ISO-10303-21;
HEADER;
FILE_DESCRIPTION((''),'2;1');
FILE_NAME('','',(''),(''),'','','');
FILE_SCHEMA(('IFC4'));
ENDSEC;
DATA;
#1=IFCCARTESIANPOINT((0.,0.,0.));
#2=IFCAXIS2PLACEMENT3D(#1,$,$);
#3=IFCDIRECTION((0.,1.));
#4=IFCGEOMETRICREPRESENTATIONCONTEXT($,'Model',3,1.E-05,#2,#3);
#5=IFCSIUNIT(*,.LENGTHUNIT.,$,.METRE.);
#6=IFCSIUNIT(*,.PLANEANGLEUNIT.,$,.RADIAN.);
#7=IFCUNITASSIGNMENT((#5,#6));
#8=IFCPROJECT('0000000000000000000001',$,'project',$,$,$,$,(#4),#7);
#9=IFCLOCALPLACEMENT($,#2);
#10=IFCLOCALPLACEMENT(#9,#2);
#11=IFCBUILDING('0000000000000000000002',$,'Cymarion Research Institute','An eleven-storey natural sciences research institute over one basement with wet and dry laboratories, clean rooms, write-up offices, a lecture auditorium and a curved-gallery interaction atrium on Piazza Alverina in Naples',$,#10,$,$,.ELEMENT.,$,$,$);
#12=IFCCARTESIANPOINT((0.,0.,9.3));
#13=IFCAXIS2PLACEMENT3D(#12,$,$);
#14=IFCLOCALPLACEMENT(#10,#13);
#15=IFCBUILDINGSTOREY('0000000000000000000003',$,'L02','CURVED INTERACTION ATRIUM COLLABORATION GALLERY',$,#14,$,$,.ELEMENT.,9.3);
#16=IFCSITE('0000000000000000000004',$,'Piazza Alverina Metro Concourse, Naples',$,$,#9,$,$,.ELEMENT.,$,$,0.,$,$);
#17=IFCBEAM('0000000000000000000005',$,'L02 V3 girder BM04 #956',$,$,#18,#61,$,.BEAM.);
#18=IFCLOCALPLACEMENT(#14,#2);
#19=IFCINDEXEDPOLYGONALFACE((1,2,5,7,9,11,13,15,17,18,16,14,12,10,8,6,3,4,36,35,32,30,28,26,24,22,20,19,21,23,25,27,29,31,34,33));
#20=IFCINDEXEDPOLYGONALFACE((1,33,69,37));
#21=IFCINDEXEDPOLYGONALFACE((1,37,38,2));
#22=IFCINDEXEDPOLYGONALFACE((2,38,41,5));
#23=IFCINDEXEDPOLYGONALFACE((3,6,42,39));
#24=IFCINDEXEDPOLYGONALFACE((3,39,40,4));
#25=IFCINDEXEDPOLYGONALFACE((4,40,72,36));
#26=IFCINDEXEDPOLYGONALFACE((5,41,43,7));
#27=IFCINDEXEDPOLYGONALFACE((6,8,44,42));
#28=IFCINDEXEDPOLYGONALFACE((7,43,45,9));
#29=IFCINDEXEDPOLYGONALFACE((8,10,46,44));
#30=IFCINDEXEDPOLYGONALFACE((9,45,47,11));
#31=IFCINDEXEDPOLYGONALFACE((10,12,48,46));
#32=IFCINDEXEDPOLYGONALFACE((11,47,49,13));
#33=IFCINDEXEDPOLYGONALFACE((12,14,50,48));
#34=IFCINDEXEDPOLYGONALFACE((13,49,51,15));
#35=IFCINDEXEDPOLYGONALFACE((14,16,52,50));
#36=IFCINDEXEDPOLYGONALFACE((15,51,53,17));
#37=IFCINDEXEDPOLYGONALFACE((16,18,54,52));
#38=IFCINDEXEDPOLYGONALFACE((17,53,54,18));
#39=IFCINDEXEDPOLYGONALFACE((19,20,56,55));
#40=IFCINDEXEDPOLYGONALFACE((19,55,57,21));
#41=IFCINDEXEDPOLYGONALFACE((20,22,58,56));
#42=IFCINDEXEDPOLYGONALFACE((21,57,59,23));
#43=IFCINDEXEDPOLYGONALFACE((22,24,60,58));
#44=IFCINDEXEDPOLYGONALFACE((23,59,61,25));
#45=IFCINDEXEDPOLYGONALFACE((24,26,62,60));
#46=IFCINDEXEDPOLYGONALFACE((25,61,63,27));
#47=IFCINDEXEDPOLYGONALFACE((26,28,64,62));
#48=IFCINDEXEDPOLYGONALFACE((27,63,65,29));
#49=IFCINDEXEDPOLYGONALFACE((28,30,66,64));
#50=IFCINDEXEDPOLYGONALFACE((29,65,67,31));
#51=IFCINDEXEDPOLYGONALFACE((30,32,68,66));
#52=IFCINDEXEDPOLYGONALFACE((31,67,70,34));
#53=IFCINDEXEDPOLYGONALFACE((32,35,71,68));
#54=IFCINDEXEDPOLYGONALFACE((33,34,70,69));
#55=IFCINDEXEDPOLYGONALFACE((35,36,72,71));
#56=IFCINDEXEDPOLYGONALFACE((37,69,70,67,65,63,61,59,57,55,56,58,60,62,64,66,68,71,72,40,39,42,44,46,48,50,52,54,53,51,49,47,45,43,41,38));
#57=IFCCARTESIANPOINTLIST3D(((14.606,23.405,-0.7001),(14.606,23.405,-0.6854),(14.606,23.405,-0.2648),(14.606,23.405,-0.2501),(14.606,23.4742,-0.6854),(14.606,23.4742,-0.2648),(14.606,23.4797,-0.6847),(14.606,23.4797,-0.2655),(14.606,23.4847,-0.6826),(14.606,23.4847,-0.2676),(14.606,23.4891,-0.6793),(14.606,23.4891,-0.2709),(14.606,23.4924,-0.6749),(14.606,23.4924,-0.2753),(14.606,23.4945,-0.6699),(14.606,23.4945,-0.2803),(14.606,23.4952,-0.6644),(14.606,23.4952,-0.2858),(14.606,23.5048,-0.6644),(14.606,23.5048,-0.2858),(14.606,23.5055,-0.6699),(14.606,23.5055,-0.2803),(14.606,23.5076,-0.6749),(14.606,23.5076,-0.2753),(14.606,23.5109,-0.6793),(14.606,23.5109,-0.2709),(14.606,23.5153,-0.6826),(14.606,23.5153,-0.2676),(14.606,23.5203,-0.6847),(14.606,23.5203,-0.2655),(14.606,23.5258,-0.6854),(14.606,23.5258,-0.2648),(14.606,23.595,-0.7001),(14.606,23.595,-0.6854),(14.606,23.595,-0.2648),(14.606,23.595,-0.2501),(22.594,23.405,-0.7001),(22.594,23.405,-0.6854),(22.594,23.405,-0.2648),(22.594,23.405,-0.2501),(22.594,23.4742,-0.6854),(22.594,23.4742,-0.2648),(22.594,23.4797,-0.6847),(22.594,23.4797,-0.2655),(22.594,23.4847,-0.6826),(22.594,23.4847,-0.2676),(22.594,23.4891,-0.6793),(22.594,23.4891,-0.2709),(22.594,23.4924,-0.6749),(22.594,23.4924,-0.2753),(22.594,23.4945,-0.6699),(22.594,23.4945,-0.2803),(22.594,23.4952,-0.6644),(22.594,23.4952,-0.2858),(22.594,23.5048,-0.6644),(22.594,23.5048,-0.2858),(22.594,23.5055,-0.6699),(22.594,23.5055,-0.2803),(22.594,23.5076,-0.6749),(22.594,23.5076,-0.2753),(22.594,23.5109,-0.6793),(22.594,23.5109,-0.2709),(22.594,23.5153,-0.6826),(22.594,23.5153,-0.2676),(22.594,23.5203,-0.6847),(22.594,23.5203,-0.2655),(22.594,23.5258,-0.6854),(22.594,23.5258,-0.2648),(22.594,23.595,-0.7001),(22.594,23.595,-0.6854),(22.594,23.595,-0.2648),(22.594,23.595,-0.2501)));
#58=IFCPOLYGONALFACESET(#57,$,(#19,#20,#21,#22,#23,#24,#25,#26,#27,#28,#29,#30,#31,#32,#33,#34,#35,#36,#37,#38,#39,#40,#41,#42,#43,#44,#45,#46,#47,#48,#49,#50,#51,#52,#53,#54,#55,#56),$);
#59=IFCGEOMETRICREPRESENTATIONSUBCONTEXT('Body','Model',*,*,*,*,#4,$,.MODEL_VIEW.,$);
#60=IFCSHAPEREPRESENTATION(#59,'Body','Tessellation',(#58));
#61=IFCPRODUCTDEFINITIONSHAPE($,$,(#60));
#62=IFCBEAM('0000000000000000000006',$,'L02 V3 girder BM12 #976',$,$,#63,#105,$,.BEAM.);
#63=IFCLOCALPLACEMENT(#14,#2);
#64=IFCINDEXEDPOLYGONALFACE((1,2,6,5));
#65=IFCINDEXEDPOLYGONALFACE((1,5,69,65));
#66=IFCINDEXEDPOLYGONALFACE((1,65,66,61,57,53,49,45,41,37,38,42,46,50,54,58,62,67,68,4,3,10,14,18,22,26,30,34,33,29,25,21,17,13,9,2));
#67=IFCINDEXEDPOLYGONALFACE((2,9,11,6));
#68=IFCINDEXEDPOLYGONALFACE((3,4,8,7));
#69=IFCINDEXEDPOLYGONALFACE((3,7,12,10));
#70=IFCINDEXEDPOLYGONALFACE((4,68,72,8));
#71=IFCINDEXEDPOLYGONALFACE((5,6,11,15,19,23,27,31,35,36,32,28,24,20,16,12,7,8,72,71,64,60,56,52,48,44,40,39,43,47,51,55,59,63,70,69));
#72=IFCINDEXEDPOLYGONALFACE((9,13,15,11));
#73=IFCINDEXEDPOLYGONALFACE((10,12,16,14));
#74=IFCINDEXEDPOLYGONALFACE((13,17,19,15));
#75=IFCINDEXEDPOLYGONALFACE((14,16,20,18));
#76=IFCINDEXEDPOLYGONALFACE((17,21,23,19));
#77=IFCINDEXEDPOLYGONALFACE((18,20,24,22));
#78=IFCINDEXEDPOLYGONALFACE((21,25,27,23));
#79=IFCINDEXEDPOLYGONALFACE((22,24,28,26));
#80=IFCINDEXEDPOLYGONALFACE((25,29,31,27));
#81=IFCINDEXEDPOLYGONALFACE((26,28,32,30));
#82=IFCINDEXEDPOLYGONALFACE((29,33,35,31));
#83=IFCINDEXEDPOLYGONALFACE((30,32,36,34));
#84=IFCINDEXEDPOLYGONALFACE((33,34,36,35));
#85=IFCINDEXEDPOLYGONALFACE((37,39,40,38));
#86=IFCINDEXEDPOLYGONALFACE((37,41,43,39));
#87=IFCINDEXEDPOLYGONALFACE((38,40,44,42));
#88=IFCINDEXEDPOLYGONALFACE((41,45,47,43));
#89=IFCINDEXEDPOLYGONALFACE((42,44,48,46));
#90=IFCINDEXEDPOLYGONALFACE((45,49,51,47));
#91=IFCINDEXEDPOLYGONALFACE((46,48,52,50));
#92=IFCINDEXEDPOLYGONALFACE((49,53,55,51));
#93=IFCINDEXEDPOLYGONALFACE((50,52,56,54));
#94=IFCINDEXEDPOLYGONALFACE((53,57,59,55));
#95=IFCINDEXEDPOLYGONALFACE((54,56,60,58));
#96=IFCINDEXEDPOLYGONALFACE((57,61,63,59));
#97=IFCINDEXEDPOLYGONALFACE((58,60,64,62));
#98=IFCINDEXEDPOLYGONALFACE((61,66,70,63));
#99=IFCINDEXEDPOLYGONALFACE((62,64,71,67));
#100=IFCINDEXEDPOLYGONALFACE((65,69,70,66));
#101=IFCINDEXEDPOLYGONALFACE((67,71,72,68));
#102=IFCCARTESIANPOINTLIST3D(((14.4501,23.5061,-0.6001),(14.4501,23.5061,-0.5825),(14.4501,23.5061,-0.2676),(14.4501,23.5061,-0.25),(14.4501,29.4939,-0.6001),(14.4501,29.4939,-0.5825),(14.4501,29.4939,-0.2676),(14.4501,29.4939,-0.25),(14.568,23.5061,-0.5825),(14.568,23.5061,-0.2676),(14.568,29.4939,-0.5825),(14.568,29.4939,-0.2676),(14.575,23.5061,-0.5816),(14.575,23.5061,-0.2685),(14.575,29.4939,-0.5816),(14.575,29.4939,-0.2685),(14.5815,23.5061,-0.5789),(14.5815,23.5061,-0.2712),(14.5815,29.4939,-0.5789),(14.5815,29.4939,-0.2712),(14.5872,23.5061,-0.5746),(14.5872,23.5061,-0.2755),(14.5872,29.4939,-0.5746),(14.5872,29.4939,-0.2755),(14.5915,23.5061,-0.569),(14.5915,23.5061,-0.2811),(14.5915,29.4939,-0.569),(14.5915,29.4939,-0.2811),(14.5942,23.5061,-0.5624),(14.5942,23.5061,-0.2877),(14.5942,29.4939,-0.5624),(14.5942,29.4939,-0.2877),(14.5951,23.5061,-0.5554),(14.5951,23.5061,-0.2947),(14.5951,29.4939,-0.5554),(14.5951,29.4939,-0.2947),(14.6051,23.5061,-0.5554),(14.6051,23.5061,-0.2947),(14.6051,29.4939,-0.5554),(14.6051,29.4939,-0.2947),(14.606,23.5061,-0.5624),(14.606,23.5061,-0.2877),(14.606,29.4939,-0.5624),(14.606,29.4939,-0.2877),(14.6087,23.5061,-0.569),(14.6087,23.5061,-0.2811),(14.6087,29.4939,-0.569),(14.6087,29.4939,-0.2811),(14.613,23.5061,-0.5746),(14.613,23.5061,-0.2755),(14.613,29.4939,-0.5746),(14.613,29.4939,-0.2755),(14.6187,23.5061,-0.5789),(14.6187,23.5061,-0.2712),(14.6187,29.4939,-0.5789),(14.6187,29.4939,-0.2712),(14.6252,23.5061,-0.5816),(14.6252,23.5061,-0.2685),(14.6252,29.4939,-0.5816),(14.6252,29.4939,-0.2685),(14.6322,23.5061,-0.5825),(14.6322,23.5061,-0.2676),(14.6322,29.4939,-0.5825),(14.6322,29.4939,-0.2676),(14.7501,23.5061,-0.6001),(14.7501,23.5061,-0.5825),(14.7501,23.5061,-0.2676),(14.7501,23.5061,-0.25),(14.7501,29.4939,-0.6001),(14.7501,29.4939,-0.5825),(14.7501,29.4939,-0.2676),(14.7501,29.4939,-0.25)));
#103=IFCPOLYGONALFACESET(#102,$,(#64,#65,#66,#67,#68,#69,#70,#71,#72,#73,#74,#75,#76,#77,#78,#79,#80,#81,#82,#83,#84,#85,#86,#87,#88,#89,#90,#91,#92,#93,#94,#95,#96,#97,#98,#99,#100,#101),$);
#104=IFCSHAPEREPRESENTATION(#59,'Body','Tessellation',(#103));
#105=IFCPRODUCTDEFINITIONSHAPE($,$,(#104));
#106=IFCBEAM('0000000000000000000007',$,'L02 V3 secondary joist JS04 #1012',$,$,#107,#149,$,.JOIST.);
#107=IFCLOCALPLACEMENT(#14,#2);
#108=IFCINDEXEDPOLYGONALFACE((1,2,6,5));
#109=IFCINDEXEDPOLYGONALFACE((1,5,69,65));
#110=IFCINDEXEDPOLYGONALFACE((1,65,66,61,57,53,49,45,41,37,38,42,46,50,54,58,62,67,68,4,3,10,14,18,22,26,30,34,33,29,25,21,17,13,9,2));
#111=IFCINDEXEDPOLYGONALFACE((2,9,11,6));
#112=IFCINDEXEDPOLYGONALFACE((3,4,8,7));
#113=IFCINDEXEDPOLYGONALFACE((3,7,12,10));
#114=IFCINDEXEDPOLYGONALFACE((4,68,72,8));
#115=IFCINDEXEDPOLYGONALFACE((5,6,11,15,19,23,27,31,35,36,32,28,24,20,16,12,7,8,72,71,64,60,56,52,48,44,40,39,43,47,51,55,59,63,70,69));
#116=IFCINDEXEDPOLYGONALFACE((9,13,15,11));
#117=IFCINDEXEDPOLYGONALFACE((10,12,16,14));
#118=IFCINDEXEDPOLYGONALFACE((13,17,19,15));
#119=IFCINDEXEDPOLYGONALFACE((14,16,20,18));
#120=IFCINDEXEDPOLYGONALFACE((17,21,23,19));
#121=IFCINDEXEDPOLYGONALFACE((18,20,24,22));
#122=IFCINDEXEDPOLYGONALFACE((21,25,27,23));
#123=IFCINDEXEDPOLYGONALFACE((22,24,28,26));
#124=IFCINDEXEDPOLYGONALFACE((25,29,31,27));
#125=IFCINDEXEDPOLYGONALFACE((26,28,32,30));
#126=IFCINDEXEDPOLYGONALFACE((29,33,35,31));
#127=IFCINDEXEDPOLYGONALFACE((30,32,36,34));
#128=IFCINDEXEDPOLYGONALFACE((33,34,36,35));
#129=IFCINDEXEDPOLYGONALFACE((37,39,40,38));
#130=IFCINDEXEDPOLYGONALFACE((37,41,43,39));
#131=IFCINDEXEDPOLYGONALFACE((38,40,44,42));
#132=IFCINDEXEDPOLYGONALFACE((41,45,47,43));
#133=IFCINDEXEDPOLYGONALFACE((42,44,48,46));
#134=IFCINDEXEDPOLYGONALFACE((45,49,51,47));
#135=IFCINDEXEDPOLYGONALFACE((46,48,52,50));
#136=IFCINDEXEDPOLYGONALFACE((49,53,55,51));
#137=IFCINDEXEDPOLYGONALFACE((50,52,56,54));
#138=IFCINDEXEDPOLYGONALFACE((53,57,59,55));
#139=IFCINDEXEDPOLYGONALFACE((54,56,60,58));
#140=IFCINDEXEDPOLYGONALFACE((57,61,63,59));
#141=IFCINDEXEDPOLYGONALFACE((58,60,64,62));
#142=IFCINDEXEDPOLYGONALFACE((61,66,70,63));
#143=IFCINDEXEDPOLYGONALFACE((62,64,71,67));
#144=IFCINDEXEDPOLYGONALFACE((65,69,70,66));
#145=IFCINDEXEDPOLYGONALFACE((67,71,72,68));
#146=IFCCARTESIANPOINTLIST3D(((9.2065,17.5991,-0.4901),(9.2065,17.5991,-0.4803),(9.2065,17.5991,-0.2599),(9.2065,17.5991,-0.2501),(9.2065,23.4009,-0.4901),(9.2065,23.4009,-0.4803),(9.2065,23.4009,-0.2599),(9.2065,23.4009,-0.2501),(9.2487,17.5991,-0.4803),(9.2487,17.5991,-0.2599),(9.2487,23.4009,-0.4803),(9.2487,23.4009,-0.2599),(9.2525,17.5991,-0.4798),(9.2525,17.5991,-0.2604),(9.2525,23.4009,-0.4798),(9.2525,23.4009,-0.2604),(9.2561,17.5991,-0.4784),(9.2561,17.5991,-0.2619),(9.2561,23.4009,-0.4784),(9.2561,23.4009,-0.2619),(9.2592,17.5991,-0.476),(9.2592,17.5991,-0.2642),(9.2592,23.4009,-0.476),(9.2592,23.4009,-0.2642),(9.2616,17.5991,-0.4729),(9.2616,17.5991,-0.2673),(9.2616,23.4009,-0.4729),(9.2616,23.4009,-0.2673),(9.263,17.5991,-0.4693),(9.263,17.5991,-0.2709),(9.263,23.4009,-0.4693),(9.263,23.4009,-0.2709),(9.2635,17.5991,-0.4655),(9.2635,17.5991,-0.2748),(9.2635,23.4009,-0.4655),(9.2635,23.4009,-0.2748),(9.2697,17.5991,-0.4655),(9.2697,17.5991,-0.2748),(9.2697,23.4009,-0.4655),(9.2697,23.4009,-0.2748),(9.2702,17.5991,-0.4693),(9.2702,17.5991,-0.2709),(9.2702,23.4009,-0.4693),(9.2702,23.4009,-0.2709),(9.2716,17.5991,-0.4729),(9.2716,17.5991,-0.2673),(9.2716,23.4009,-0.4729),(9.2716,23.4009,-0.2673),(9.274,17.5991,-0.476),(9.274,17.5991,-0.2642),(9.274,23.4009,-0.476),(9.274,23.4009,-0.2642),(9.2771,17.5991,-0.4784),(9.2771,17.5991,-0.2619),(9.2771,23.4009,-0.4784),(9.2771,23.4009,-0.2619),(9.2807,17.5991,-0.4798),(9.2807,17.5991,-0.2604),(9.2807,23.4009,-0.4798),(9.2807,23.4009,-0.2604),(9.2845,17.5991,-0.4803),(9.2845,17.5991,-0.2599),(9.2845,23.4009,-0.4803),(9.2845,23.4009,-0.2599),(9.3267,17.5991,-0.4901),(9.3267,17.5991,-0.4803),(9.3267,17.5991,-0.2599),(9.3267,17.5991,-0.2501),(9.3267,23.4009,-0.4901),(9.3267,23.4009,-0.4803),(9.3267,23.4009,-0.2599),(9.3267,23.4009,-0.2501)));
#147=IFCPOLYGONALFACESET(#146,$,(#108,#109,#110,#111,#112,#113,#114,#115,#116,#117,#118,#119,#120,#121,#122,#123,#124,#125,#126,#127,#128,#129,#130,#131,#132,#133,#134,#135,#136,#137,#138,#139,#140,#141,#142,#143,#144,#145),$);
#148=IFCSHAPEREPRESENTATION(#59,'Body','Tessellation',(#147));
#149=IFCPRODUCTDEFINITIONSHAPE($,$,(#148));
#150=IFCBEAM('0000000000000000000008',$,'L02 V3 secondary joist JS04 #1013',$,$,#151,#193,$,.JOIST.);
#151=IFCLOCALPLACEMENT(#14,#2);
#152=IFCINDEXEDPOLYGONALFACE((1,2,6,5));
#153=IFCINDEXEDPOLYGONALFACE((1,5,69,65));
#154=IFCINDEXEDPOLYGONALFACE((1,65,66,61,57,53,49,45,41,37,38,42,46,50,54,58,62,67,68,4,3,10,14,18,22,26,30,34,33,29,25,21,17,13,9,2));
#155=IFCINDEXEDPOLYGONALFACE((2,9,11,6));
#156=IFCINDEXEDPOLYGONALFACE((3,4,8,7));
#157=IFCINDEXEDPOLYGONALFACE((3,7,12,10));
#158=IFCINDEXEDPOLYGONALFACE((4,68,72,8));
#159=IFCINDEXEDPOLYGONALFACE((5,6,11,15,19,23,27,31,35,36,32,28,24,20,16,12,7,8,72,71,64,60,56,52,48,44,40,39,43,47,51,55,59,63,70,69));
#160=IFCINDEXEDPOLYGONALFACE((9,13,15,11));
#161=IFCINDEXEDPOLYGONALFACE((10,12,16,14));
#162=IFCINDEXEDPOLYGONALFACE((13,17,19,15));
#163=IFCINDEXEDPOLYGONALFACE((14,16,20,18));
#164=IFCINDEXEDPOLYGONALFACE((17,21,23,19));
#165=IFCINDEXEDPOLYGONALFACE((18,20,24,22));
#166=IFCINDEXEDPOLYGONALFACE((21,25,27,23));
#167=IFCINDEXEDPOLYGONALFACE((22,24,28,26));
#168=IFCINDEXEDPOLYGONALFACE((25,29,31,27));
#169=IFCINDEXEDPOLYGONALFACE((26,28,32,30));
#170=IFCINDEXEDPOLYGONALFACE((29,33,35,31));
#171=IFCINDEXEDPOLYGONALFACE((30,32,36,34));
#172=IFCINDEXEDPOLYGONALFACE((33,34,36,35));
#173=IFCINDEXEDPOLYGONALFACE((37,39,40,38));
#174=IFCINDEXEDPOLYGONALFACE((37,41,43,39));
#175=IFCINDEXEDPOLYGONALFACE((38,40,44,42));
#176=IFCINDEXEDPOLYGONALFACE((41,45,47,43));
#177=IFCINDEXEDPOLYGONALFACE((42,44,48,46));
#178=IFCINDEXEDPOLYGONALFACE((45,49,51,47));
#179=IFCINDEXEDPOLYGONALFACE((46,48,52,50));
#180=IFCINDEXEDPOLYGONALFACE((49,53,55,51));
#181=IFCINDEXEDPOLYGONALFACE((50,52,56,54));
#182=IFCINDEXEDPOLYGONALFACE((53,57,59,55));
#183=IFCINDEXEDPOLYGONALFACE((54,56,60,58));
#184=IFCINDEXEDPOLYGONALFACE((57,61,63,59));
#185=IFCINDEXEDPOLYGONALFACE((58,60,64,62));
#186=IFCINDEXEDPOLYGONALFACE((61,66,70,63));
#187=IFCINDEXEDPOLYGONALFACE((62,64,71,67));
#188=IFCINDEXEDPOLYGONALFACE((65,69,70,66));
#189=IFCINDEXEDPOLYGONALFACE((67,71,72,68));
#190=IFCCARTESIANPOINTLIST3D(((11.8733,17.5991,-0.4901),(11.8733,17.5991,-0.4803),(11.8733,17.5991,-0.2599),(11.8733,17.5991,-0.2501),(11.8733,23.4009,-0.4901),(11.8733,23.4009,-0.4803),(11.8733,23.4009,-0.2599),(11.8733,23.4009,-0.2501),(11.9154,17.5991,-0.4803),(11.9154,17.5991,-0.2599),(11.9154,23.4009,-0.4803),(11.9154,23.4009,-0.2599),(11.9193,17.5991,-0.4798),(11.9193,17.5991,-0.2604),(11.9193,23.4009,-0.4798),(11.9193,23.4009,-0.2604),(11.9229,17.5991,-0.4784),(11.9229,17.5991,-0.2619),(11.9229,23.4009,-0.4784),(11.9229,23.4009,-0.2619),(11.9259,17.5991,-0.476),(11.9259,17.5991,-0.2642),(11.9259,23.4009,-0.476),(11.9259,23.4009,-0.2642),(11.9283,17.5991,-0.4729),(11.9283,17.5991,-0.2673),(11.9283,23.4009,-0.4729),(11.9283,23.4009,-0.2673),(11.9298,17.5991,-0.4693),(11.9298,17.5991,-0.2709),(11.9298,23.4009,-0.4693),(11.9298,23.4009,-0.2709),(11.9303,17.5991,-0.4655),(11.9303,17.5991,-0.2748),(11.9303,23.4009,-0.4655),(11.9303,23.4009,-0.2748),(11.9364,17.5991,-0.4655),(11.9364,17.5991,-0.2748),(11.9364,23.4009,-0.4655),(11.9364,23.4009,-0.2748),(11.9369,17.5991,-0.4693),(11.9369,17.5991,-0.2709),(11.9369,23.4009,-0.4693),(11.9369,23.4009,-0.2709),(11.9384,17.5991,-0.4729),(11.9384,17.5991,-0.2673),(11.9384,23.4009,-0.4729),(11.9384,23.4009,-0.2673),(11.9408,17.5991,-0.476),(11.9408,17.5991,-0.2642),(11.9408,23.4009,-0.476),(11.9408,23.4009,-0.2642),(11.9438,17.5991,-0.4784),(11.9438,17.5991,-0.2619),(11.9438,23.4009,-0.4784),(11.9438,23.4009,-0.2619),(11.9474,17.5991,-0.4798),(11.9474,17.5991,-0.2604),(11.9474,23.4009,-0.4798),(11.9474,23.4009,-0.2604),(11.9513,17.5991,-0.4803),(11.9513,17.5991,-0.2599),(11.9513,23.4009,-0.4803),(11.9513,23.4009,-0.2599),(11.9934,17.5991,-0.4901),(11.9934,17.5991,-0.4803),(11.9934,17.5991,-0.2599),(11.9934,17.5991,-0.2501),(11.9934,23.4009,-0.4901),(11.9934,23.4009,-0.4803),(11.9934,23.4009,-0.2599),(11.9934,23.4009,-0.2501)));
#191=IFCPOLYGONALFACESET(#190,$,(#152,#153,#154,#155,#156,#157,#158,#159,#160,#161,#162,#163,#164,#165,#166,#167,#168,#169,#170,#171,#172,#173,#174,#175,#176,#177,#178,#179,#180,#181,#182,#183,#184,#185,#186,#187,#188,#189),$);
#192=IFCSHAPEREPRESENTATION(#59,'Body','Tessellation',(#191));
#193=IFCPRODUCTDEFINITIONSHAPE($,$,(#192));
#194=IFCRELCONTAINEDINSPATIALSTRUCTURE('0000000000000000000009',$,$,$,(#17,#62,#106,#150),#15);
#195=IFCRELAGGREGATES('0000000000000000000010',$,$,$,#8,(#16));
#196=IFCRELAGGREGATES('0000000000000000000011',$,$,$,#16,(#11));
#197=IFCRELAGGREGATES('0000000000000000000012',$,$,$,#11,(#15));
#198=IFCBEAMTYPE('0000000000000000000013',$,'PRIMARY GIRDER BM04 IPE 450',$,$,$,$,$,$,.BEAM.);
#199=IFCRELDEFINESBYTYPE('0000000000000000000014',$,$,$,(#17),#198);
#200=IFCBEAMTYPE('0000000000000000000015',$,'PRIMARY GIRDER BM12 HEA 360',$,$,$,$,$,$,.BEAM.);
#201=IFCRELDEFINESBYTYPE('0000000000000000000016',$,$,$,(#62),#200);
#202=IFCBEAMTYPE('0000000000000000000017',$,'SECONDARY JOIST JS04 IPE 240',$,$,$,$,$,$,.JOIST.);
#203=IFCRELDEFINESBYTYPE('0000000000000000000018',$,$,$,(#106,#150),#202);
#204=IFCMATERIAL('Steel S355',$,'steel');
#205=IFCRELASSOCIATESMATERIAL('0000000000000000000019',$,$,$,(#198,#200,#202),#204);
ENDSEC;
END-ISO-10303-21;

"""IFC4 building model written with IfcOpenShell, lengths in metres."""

from ifc_helpers import new_model, si_unit, direction, frame, origin, origin_2d, place, context, subcontext, project, spatial, i_section, extrude, material, material_profile, profile_set, type_object, element, save


model = new_model("IFC4")

# Units and contexts
model_context = context("Model", 3, precision=1e-05, world=origin(), true_north=direction((0.0, 1.0)))
body_context = subcontext(model_context, "Body", "Model", "MODEL_VIEW")
ifc_project = project(units=[si_unit("LENGTHUNIT", "METRE"), si_unit("PLANEANGLEUNIT", "RADIAN")], contexts=[model_context])

# Site, building, storey
site_placement = place(None, origin())
site = spatial("IfcSite", under=ifc_project, at=site_placement, Name="Piazza Alverina Metro Concourse, Naples", CompositionType="ELEMENT", RefElevation=0.0)
building_placement = place(site_placement, origin())
building = spatial("IfcBuilding", under=site, at=building_placement, Name="Cymarion Research Institute", Description="An eleven-storey natural sciences research institute over one basement with wet and dry laboratories, clean rooms, write-up offices, a lecture auditorium and a curved-gallery interaction atrium on Piazza Alverina in Naples", CompositionType="ELEMENT")
storey_placement = place(building_placement, frame((0.0, 0.0, 9.3)))
storey = spatial("IfcBuildingStorey", under=building, at=storey_placement, Name="L02", Description="CURVED INTERACTION ATRIUM COLLABORATION GALLERY", CompositionType="ELEMENT", Elevation=9.3)

# Shared definitions
ifc_material_1 = material(Name="Steel S355", Category="steel")

# Beams
ifc_material_profile_1 = material_profile(ifc_material_1, i_section(OverallWidth=0.1899, OverallDepth=0.45, WebThickness=0.0095, FlangeThickness=0.0146, FilletRadius=0.021, at=origin_2d()), Name="IPE 450")
ifc_profile_set_1 = profile_set([ifc_material_profile_1], Name="Steel S355")
beam_type_1 = type_object("IfcBeamType", Name="PRIMARY GIRDER BM04 IPE 450", PredefinedType="BEAM", material=ifc_profile_set_1)
for number, where, z_axis, x_axis, name in (
    (1, (14.606, 23.5, -0.4751), (1.0, 0.0, 0.0), (0.0, 1.0, 0.0), "L02 V3 girder BM04 #956"),
):
    element("IfcBeam", number, at=place(storey_placement, frame(where, z_axis=z_axis, x_axis=x_axis)), inside=storey, type_object=beam_type_1, Name=name, PredefinedType="BEAM", context=body_context, shape_type="SweptSolid", body=[
        extrude(i_section(OverallWidth=0.1899, OverallDepth=0.45, WebThickness=0.0095, FlangeThickness=0.0146, FilletRadius=0.021, at=origin_2d()), origin(), (0.0, 0.0, 1.0), 7.988),
    ])
ifc_material_profile_2 = material_profile(ifc_material_1, i_section(OverallWidth=0.3, OverallDepth=0.3501, WebThickness=0.01, FlangeThickness=0.0176, FilletRadius=0.0271, at=origin_2d()), Name="HEA 360")
ifc_profile_set_2 = profile_set([ifc_material_profile_2], Name="Steel S355")
beam_type_2 = type_object("IfcBeamType", Name="PRIMARY GIRDER BM12 HEA 360", PredefinedType="BEAM", material=ifc_profile_set_2)
beam_1_placement = place(storey_placement, frame((14.6001, 23.5061, -0.425), z_axis=(0.0, 1.0, 0.0), x_axis=(-1.0, 0.0, 0.0)))
element("IfcBeam", 2, at=beam_1_placement, inside=storey, type_object=beam_type_2, Name="L02 V3 girder BM12 #976", PredefinedType="BEAM", context=body_context, shape_type="SweptSolid", body=[
    extrude(i_section(OverallWidth=0.3, OverallDepth=0.3501, WebThickness=0.01, FlangeThickness=0.0176, FilletRadius=0.0271, at=origin_2d()), origin(), (0.0, 0.0, 1.0), 5.9878),
])
ifc_material_profile_3 = material_profile(ifc_material_1, i_section(OverallWidth=0.1201, OverallDepth=0.24, WebThickness=0.0061, FlangeThickness=0.0098, FilletRadius=0.0149, at=origin_2d()), Name="IPE 240")
ifc_profile_set_3 = profile_set([ifc_material_profile_3], Name="Steel S355")
beam_type_3 = type_object("IfcBeamType", Name="SECONDARY JOIST JS04 IPE 240", PredefinedType="JOIST", material=ifc_profile_set_3)
for number, where, z_axis, x_axis, name in (
    (3, (9.2666, 17.5991, -0.3701), (0.0, 1.0, 0.0), (-1.0, 0.0, 0.0), "L02 V3 secondary joist JS04 #1012"),
    (4, (11.9333, 17.5991, -0.3701), (0.0, 1.0, 0.0), (-1.0, 0.0, 0.0), "L02 V3 secondary joist JS04 #1013"),
):
    element("IfcBeam", number, at=place(storey_placement, frame(where, z_axis=z_axis, x_axis=x_axis)), inside=storey, type_object=beam_type_3, Name=name, PredefinedType="JOIST", context=body_context, shape_type="SweptSolid", body=[
        extrude(i_section(OverallWidth=0.1201, OverallDepth=0.24, WebThickness=0.0061, FlangeThickness=0.0098, FilletRadius=0.0149, at=origin_2d()), origin(), (0.0, 0.0, 1.0), 5.8018),
    ])

save(model, "model.ifc")
